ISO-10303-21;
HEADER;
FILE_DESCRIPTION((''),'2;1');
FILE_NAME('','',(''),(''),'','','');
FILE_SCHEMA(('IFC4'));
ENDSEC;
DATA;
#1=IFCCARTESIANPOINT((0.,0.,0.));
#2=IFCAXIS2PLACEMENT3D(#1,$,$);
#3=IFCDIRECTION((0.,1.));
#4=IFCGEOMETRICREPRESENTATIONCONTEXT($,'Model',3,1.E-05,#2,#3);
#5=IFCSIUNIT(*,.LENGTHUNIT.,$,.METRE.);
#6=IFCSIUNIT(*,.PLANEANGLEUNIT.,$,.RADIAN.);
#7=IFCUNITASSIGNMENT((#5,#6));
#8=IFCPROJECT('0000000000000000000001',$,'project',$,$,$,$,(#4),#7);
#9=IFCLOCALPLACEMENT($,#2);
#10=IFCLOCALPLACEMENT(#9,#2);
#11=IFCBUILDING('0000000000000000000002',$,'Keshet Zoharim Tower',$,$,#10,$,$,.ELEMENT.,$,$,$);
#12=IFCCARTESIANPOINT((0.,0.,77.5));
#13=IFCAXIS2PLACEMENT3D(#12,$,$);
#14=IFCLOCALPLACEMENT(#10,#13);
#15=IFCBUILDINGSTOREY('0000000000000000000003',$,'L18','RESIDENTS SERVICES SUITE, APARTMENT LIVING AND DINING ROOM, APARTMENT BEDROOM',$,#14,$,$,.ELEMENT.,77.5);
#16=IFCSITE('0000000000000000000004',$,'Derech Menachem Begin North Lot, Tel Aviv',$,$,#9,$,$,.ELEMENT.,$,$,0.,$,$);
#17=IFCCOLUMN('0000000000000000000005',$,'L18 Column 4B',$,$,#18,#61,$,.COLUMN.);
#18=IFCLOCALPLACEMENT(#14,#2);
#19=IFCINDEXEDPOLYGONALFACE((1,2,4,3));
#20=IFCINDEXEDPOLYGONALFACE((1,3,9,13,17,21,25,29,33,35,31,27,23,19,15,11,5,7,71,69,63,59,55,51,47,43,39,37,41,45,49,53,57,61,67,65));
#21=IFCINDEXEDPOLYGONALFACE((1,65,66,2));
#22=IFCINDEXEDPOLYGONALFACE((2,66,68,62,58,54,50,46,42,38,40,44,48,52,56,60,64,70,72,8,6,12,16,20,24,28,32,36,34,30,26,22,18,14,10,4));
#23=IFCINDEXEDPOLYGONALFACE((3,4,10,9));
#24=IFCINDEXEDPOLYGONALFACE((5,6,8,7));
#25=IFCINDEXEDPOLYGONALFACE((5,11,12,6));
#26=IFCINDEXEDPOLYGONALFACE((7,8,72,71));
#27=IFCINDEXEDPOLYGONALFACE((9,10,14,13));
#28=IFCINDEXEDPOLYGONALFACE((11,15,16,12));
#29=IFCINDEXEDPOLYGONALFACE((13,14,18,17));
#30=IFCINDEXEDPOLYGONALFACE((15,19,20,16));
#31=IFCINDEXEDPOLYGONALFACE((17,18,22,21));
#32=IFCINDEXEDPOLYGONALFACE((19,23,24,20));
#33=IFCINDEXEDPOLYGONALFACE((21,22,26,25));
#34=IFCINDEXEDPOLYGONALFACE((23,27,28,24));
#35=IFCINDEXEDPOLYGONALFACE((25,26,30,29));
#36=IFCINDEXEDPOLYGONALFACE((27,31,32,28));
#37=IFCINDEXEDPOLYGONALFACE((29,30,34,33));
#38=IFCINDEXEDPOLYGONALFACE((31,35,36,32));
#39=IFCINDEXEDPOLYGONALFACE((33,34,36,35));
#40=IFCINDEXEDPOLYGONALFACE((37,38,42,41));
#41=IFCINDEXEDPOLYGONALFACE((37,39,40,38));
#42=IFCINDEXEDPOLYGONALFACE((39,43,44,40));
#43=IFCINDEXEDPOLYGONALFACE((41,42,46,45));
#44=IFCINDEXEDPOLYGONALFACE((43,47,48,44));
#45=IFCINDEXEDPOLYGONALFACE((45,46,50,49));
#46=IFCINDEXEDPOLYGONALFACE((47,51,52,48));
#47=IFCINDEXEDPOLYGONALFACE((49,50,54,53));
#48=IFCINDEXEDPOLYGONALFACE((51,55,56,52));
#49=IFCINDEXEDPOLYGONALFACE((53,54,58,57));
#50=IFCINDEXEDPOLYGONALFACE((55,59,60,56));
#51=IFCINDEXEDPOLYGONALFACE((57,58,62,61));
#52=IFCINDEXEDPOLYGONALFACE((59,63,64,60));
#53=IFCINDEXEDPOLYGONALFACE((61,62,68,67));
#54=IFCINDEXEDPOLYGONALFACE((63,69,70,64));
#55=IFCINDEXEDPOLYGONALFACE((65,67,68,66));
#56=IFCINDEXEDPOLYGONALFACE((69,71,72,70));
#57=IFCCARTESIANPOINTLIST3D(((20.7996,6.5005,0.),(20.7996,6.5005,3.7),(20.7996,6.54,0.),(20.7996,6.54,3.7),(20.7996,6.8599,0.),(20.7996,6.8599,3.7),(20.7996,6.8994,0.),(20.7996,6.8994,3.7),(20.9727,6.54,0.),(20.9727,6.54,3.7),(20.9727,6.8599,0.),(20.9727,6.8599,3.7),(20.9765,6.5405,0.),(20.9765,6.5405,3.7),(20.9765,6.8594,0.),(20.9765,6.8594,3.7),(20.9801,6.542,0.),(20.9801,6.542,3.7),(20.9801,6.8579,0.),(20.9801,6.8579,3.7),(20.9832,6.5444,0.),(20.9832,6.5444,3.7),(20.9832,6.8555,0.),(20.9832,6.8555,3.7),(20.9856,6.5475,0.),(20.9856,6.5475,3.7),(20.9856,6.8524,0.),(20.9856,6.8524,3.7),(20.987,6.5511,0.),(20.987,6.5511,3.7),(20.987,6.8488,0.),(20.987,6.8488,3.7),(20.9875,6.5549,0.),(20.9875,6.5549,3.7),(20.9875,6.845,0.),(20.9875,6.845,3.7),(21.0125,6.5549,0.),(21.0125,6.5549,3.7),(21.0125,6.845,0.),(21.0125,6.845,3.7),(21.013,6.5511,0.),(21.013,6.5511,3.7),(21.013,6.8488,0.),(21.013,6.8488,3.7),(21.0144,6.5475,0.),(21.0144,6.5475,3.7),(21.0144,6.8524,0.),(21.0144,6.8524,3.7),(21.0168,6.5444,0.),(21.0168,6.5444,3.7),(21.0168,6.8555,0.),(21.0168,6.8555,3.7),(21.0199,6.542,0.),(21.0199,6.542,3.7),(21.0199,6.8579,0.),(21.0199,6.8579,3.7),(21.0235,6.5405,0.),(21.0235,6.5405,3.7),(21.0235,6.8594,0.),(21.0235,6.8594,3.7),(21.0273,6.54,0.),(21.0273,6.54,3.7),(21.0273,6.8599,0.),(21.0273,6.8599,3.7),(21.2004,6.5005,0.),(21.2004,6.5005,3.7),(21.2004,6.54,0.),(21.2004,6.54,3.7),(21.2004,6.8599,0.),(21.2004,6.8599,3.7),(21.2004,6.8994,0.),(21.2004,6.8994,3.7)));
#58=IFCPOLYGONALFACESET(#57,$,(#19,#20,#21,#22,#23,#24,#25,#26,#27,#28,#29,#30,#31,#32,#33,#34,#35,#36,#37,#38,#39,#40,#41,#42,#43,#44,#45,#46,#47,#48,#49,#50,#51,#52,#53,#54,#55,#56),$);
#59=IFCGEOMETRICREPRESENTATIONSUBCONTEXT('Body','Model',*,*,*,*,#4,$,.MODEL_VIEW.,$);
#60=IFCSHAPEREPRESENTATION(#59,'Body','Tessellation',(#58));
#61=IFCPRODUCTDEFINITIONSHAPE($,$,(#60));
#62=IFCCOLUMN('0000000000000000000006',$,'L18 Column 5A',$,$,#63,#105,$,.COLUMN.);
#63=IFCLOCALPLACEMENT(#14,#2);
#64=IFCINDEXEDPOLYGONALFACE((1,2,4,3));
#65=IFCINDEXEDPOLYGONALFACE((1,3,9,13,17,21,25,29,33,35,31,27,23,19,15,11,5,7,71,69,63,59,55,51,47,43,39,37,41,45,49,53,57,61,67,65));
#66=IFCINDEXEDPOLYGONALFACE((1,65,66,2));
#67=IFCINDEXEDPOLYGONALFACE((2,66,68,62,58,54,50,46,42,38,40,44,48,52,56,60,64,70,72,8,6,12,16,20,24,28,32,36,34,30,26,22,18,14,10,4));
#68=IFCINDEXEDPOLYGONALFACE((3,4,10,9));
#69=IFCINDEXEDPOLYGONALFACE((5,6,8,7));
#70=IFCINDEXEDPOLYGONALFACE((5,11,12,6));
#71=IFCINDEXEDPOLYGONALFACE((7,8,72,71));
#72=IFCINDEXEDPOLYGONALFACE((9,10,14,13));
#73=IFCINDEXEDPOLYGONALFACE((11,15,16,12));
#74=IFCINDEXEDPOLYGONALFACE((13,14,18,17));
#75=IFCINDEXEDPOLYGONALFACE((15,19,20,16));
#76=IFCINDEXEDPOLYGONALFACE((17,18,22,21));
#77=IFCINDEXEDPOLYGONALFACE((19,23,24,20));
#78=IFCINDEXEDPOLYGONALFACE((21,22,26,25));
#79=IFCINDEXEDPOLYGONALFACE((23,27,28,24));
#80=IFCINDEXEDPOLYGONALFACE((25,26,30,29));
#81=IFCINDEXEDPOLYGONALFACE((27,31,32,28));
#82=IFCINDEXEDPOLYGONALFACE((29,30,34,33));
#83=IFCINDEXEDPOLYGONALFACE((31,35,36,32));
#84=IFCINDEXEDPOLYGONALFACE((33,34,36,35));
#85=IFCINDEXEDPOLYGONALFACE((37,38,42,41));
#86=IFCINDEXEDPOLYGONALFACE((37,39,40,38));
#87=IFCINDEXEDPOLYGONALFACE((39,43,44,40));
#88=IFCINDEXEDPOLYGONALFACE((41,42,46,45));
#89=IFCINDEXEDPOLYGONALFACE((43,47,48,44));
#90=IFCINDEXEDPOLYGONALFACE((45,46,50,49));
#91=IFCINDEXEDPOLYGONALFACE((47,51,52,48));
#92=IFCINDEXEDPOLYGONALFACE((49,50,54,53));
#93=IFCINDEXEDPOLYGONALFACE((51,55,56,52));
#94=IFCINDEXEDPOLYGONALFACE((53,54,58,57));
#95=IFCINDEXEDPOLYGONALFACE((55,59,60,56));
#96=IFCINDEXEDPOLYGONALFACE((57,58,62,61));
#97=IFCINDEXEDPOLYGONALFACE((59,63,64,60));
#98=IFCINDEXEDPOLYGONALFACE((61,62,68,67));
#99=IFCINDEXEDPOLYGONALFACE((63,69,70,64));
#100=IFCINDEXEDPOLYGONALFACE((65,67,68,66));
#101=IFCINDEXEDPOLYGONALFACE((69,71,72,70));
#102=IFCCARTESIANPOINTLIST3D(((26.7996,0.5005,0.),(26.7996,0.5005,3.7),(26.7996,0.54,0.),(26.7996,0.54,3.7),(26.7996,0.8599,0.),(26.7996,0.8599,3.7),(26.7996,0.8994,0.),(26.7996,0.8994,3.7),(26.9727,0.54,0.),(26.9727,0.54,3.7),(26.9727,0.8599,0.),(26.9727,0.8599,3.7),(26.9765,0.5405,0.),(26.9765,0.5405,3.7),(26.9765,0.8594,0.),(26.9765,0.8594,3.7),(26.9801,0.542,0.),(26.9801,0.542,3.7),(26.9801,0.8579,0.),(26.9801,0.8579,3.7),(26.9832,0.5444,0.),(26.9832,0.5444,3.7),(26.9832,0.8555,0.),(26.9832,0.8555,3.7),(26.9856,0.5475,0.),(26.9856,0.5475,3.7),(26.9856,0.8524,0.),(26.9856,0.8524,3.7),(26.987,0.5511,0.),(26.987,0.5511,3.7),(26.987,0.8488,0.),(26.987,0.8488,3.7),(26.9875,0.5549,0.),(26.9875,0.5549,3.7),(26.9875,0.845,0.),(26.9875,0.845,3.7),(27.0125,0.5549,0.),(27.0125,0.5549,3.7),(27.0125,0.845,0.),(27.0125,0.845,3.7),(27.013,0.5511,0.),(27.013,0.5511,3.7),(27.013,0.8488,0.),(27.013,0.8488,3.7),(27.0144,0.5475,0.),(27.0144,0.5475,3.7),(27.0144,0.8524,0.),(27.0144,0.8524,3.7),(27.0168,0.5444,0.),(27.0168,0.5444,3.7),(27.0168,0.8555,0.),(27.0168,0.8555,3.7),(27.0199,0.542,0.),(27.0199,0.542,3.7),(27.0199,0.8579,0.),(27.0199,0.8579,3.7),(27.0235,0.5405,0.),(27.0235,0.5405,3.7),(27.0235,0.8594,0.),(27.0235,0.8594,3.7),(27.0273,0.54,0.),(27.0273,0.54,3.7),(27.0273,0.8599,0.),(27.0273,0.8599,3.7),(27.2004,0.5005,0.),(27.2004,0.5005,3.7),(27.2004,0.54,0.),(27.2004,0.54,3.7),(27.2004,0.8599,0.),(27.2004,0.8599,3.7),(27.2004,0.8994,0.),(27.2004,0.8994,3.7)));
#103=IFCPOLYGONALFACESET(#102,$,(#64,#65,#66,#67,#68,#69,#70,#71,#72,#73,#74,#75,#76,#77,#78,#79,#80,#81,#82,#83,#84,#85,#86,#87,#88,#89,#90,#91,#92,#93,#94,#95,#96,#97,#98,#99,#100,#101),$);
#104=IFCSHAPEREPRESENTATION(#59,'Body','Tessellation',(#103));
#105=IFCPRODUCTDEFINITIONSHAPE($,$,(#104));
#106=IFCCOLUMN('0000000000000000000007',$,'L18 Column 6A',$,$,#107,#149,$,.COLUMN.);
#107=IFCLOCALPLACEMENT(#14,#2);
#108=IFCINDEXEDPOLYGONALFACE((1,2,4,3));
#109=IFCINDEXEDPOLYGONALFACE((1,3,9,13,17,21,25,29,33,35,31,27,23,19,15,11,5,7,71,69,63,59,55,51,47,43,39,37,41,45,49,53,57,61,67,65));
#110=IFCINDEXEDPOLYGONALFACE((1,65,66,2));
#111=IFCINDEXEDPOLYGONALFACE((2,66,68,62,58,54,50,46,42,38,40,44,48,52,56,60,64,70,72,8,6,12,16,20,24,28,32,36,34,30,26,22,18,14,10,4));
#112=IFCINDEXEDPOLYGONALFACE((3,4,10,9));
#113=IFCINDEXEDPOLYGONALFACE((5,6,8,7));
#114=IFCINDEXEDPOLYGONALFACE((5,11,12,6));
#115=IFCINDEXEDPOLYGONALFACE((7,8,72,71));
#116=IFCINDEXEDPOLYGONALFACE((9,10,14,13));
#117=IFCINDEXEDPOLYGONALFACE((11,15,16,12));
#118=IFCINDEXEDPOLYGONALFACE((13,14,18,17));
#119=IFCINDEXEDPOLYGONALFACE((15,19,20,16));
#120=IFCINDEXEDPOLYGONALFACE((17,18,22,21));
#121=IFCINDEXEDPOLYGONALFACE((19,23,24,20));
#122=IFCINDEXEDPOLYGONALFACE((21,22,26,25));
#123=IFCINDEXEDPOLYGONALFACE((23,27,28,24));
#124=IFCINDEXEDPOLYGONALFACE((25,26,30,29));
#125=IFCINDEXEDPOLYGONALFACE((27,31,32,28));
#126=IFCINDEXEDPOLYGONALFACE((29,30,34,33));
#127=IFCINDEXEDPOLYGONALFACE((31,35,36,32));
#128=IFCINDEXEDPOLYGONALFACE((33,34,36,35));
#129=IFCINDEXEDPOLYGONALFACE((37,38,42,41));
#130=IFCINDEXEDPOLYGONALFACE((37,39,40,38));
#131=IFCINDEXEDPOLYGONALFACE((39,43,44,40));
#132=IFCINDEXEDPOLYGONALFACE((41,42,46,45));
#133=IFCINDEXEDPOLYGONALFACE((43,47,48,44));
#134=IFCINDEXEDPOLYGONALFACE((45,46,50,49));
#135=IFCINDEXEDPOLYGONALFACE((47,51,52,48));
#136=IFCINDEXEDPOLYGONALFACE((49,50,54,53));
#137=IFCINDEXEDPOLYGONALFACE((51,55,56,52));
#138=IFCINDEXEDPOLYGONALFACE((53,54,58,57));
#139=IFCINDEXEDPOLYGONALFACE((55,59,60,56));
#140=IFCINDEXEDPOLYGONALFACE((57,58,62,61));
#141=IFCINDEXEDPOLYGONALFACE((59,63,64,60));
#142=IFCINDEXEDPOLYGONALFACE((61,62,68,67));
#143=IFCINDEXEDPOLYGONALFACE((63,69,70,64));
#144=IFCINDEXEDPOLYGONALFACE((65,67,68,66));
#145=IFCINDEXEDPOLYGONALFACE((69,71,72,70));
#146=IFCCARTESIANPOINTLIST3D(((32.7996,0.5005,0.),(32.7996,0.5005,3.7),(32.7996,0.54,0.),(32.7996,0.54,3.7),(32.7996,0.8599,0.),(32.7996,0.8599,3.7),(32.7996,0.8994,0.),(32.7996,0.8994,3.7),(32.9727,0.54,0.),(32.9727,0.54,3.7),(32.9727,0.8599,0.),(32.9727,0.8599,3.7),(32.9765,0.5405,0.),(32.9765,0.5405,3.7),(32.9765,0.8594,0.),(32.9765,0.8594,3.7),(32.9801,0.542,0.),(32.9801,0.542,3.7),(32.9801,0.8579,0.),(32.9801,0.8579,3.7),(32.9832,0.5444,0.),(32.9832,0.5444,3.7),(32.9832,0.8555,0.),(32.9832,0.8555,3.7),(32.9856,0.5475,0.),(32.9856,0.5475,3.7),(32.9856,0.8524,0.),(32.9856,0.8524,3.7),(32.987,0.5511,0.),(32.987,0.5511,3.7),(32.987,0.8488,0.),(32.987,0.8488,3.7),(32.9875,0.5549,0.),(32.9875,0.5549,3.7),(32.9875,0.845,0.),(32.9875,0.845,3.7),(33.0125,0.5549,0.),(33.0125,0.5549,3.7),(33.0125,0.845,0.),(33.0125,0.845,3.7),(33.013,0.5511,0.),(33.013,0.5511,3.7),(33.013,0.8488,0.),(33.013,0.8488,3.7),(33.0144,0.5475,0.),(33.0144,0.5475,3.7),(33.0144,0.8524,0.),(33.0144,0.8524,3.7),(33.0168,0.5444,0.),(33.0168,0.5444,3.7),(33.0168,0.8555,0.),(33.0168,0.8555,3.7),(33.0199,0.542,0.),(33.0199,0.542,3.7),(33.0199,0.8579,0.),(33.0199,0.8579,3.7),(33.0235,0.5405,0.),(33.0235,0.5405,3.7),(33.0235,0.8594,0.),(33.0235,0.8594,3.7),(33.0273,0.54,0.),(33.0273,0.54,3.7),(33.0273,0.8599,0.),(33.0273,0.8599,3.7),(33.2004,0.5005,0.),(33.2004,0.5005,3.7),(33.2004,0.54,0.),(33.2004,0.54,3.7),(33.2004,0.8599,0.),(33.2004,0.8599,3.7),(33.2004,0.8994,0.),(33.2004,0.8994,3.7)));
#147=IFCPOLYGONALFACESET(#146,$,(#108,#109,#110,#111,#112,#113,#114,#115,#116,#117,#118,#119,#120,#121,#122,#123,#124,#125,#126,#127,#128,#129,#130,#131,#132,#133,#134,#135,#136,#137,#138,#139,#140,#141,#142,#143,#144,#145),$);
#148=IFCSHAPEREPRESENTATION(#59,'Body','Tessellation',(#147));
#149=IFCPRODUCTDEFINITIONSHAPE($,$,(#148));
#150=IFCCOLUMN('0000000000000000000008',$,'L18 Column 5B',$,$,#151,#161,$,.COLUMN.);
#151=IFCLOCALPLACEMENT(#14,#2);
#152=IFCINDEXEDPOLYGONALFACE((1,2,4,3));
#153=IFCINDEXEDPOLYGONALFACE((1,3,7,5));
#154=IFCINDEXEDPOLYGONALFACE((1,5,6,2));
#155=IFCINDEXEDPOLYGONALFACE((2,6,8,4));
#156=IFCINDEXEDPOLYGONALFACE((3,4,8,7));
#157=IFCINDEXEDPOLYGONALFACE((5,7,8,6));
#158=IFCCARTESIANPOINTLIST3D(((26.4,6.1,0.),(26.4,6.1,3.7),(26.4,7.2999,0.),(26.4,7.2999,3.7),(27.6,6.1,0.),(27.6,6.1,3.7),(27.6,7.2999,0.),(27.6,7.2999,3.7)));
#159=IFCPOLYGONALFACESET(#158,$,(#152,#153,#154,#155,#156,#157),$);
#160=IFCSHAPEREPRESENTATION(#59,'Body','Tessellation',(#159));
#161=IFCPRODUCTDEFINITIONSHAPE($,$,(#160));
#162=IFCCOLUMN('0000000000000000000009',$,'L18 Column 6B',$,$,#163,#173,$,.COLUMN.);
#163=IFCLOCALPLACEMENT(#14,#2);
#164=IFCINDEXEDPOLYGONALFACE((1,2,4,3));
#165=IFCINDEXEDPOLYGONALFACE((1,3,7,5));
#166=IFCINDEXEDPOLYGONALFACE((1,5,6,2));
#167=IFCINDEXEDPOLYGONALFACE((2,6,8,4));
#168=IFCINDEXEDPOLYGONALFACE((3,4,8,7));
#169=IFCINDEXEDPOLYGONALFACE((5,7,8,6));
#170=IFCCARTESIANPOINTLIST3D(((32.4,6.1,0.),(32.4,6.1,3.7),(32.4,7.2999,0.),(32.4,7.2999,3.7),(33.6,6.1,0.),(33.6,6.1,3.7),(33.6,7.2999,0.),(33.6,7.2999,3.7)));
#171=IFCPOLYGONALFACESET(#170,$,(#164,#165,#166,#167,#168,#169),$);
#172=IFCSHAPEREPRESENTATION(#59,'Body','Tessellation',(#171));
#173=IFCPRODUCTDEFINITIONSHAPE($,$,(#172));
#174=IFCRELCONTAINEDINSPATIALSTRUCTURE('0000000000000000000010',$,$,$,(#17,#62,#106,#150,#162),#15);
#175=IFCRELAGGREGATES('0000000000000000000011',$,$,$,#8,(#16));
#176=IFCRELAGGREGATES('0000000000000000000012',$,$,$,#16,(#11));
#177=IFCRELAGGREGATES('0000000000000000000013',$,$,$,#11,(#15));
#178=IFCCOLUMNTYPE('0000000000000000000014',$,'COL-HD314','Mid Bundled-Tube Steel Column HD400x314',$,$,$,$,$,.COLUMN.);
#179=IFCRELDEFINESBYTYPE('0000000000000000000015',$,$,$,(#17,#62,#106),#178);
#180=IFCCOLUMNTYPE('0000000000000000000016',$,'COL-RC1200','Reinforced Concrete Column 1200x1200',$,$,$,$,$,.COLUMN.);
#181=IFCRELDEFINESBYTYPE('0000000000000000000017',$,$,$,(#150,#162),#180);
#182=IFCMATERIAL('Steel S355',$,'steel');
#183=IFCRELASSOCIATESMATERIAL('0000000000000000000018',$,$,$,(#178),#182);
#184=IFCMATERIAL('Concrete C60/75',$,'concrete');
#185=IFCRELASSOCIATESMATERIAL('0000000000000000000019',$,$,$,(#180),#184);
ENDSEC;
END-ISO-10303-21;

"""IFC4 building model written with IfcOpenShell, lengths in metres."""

from ifc_helpers import new_model, si_unit, direction, frame, origin, origin_2d, place, context, subcontext, project, spatial, rectangle, i_section, extrude, material, material_profile, profile_set, type_object, element, save


model = new_model("IFC4")

# Units and contexts
model_context = context("Model", 3, precision=1e-05, world=origin(), true_north=direction((0.0, 1.0)))
body_context = subcontext(model_context, "Body", "Model", "MODEL_VIEW")
ifc_project = project(units=[si_unit("LENGTHUNIT", "METRE"), si_unit("PLANEANGLEUNIT", "RADIAN")], contexts=[model_context])

# Site, building, storey
site_placement = place(None, origin())
site = spatial("IfcSite", under=ifc_project, at=site_placement, Name="Derech Menachem Begin North Lot, Tel Aviv", CompositionType="ELEMENT", RefElevation=0.0)
building_placement = place(site_placement, origin())
building = spatial("IfcBuilding", under=site, at=building_placement, Name="Keshet Zoharim Tower", CompositionType="ELEMENT")
storey_placement = place(building_placement, frame((0.0, 0.0, 77.5)))
storey = spatial("IfcBuildingStorey", under=building, at=storey_placement, Name="L18", Description="RESIDENTS SERVICES SUITE, APARTMENT LIVING AND DINING ROOM, APARTMENT BEDROOM", CompositionType="ELEMENT", Elevation=77.5)

# Columns
ifc_material_1 = material(Name="Steel S355", Category="steel")
ifc_material_profile_1 = material_profile(ifc_material_1, i_section(OverallWidth=0.4009, OverallDepth=0.3989, WebThickness=0.0249, FlangeThickness=0.0396, FilletRadius=0.0149, at=origin_2d()), Name="HD400x314")
ifc_profile_set_1 = profile_set([ifc_material_profile_1], Name="Steel S355")
column_type_1 = type_object("IfcColumnType", Name="COL-HD314", Description="Mid Bundled-Tube Steel Column HD400x314", PredefinedType="COLUMN", material=ifc_profile_set_1)
for number, where, z_axis, x_axis, name in (
    (1, (21.0, 6.7, 0.0), (0.0, 0.0, 1.0), (1.0, 0.0, 0.0), "L18 Column 4B"),
    (2, (27.0, 0.7, 0.0), (0.0, 0.0, 1.0), (1.0, 0.0, 0.0), "L18 Column 5A"),
    (3, (33.0, 0.7, 0.0), (0.0, 0.0, 1.0), (1.0, 0.0, 0.0), "L18 Column 6A"),
):
    element("IfcColumn", number, at=place(storey_placement, frame(where, z_axis=z_axis, x_axis=x_axis)), inside=storey, type_object=column_type_1, Name=name, PredefinedType="COLUMN", context=body_context, shape_type="SweptSolid", body=[
        extrude(i_section(OverallWidth=0.4009, OverallDepth=0.3989, WebThickness=0.0249, FlangeThickness=0.0396, FilletRadius=0.0149, at=origin_2d()), origin(), (0.0, 0.0, 1.0), 3.7),
    ])
ifc_material_2 = material(Name="Concrete C60/75", Category="concrete")
ifc_material_profile_2 = material_profile(ifc_material_2, rectangle(XDim=1.2, YDim=1.2, at=origin_2d()), Name="RC1200x1200")
ifc_profile_set_2 = profile_set([ifc_material_profile_2], Name="Concrete C60/75")
column_type_2 = type_object("IfcColumnType", Name="COL-RC1200", Description="Reinforced Concrete Column 1200x1200", PredefinedType="COLUMN", material=ifc_profile_set_2)
for number, where, z_axis, x_axis, name in (
    (4, (27.0, 6.7, 0.0), (0.0, 0.0, 1.0), (1.0, 0.0, 0.0), "L18 Column 5B"),
    (5, (33.0, 6.7, 0.0), (0.0, 0.0, 1.0), (1.0, 0.0, 0.0), "L18 Column 6B"),
):
    element("IfcColumn", number, at=place(storey_placement, frame(where, z_axis=z_axis, x_axis=x_axis)), inside=storey, type_object=column_type_2, Name=name, PredefinedType="COLUMN", context=body_context, shape_type="SweptSolid", body=[
        extrude(rectangle(XDim=1.2, YDim=1.2, at=origin_2d()), origin(), (0.0, 0.0, 1.0), 3.7),
    ])

save(model, "model.ifc")
